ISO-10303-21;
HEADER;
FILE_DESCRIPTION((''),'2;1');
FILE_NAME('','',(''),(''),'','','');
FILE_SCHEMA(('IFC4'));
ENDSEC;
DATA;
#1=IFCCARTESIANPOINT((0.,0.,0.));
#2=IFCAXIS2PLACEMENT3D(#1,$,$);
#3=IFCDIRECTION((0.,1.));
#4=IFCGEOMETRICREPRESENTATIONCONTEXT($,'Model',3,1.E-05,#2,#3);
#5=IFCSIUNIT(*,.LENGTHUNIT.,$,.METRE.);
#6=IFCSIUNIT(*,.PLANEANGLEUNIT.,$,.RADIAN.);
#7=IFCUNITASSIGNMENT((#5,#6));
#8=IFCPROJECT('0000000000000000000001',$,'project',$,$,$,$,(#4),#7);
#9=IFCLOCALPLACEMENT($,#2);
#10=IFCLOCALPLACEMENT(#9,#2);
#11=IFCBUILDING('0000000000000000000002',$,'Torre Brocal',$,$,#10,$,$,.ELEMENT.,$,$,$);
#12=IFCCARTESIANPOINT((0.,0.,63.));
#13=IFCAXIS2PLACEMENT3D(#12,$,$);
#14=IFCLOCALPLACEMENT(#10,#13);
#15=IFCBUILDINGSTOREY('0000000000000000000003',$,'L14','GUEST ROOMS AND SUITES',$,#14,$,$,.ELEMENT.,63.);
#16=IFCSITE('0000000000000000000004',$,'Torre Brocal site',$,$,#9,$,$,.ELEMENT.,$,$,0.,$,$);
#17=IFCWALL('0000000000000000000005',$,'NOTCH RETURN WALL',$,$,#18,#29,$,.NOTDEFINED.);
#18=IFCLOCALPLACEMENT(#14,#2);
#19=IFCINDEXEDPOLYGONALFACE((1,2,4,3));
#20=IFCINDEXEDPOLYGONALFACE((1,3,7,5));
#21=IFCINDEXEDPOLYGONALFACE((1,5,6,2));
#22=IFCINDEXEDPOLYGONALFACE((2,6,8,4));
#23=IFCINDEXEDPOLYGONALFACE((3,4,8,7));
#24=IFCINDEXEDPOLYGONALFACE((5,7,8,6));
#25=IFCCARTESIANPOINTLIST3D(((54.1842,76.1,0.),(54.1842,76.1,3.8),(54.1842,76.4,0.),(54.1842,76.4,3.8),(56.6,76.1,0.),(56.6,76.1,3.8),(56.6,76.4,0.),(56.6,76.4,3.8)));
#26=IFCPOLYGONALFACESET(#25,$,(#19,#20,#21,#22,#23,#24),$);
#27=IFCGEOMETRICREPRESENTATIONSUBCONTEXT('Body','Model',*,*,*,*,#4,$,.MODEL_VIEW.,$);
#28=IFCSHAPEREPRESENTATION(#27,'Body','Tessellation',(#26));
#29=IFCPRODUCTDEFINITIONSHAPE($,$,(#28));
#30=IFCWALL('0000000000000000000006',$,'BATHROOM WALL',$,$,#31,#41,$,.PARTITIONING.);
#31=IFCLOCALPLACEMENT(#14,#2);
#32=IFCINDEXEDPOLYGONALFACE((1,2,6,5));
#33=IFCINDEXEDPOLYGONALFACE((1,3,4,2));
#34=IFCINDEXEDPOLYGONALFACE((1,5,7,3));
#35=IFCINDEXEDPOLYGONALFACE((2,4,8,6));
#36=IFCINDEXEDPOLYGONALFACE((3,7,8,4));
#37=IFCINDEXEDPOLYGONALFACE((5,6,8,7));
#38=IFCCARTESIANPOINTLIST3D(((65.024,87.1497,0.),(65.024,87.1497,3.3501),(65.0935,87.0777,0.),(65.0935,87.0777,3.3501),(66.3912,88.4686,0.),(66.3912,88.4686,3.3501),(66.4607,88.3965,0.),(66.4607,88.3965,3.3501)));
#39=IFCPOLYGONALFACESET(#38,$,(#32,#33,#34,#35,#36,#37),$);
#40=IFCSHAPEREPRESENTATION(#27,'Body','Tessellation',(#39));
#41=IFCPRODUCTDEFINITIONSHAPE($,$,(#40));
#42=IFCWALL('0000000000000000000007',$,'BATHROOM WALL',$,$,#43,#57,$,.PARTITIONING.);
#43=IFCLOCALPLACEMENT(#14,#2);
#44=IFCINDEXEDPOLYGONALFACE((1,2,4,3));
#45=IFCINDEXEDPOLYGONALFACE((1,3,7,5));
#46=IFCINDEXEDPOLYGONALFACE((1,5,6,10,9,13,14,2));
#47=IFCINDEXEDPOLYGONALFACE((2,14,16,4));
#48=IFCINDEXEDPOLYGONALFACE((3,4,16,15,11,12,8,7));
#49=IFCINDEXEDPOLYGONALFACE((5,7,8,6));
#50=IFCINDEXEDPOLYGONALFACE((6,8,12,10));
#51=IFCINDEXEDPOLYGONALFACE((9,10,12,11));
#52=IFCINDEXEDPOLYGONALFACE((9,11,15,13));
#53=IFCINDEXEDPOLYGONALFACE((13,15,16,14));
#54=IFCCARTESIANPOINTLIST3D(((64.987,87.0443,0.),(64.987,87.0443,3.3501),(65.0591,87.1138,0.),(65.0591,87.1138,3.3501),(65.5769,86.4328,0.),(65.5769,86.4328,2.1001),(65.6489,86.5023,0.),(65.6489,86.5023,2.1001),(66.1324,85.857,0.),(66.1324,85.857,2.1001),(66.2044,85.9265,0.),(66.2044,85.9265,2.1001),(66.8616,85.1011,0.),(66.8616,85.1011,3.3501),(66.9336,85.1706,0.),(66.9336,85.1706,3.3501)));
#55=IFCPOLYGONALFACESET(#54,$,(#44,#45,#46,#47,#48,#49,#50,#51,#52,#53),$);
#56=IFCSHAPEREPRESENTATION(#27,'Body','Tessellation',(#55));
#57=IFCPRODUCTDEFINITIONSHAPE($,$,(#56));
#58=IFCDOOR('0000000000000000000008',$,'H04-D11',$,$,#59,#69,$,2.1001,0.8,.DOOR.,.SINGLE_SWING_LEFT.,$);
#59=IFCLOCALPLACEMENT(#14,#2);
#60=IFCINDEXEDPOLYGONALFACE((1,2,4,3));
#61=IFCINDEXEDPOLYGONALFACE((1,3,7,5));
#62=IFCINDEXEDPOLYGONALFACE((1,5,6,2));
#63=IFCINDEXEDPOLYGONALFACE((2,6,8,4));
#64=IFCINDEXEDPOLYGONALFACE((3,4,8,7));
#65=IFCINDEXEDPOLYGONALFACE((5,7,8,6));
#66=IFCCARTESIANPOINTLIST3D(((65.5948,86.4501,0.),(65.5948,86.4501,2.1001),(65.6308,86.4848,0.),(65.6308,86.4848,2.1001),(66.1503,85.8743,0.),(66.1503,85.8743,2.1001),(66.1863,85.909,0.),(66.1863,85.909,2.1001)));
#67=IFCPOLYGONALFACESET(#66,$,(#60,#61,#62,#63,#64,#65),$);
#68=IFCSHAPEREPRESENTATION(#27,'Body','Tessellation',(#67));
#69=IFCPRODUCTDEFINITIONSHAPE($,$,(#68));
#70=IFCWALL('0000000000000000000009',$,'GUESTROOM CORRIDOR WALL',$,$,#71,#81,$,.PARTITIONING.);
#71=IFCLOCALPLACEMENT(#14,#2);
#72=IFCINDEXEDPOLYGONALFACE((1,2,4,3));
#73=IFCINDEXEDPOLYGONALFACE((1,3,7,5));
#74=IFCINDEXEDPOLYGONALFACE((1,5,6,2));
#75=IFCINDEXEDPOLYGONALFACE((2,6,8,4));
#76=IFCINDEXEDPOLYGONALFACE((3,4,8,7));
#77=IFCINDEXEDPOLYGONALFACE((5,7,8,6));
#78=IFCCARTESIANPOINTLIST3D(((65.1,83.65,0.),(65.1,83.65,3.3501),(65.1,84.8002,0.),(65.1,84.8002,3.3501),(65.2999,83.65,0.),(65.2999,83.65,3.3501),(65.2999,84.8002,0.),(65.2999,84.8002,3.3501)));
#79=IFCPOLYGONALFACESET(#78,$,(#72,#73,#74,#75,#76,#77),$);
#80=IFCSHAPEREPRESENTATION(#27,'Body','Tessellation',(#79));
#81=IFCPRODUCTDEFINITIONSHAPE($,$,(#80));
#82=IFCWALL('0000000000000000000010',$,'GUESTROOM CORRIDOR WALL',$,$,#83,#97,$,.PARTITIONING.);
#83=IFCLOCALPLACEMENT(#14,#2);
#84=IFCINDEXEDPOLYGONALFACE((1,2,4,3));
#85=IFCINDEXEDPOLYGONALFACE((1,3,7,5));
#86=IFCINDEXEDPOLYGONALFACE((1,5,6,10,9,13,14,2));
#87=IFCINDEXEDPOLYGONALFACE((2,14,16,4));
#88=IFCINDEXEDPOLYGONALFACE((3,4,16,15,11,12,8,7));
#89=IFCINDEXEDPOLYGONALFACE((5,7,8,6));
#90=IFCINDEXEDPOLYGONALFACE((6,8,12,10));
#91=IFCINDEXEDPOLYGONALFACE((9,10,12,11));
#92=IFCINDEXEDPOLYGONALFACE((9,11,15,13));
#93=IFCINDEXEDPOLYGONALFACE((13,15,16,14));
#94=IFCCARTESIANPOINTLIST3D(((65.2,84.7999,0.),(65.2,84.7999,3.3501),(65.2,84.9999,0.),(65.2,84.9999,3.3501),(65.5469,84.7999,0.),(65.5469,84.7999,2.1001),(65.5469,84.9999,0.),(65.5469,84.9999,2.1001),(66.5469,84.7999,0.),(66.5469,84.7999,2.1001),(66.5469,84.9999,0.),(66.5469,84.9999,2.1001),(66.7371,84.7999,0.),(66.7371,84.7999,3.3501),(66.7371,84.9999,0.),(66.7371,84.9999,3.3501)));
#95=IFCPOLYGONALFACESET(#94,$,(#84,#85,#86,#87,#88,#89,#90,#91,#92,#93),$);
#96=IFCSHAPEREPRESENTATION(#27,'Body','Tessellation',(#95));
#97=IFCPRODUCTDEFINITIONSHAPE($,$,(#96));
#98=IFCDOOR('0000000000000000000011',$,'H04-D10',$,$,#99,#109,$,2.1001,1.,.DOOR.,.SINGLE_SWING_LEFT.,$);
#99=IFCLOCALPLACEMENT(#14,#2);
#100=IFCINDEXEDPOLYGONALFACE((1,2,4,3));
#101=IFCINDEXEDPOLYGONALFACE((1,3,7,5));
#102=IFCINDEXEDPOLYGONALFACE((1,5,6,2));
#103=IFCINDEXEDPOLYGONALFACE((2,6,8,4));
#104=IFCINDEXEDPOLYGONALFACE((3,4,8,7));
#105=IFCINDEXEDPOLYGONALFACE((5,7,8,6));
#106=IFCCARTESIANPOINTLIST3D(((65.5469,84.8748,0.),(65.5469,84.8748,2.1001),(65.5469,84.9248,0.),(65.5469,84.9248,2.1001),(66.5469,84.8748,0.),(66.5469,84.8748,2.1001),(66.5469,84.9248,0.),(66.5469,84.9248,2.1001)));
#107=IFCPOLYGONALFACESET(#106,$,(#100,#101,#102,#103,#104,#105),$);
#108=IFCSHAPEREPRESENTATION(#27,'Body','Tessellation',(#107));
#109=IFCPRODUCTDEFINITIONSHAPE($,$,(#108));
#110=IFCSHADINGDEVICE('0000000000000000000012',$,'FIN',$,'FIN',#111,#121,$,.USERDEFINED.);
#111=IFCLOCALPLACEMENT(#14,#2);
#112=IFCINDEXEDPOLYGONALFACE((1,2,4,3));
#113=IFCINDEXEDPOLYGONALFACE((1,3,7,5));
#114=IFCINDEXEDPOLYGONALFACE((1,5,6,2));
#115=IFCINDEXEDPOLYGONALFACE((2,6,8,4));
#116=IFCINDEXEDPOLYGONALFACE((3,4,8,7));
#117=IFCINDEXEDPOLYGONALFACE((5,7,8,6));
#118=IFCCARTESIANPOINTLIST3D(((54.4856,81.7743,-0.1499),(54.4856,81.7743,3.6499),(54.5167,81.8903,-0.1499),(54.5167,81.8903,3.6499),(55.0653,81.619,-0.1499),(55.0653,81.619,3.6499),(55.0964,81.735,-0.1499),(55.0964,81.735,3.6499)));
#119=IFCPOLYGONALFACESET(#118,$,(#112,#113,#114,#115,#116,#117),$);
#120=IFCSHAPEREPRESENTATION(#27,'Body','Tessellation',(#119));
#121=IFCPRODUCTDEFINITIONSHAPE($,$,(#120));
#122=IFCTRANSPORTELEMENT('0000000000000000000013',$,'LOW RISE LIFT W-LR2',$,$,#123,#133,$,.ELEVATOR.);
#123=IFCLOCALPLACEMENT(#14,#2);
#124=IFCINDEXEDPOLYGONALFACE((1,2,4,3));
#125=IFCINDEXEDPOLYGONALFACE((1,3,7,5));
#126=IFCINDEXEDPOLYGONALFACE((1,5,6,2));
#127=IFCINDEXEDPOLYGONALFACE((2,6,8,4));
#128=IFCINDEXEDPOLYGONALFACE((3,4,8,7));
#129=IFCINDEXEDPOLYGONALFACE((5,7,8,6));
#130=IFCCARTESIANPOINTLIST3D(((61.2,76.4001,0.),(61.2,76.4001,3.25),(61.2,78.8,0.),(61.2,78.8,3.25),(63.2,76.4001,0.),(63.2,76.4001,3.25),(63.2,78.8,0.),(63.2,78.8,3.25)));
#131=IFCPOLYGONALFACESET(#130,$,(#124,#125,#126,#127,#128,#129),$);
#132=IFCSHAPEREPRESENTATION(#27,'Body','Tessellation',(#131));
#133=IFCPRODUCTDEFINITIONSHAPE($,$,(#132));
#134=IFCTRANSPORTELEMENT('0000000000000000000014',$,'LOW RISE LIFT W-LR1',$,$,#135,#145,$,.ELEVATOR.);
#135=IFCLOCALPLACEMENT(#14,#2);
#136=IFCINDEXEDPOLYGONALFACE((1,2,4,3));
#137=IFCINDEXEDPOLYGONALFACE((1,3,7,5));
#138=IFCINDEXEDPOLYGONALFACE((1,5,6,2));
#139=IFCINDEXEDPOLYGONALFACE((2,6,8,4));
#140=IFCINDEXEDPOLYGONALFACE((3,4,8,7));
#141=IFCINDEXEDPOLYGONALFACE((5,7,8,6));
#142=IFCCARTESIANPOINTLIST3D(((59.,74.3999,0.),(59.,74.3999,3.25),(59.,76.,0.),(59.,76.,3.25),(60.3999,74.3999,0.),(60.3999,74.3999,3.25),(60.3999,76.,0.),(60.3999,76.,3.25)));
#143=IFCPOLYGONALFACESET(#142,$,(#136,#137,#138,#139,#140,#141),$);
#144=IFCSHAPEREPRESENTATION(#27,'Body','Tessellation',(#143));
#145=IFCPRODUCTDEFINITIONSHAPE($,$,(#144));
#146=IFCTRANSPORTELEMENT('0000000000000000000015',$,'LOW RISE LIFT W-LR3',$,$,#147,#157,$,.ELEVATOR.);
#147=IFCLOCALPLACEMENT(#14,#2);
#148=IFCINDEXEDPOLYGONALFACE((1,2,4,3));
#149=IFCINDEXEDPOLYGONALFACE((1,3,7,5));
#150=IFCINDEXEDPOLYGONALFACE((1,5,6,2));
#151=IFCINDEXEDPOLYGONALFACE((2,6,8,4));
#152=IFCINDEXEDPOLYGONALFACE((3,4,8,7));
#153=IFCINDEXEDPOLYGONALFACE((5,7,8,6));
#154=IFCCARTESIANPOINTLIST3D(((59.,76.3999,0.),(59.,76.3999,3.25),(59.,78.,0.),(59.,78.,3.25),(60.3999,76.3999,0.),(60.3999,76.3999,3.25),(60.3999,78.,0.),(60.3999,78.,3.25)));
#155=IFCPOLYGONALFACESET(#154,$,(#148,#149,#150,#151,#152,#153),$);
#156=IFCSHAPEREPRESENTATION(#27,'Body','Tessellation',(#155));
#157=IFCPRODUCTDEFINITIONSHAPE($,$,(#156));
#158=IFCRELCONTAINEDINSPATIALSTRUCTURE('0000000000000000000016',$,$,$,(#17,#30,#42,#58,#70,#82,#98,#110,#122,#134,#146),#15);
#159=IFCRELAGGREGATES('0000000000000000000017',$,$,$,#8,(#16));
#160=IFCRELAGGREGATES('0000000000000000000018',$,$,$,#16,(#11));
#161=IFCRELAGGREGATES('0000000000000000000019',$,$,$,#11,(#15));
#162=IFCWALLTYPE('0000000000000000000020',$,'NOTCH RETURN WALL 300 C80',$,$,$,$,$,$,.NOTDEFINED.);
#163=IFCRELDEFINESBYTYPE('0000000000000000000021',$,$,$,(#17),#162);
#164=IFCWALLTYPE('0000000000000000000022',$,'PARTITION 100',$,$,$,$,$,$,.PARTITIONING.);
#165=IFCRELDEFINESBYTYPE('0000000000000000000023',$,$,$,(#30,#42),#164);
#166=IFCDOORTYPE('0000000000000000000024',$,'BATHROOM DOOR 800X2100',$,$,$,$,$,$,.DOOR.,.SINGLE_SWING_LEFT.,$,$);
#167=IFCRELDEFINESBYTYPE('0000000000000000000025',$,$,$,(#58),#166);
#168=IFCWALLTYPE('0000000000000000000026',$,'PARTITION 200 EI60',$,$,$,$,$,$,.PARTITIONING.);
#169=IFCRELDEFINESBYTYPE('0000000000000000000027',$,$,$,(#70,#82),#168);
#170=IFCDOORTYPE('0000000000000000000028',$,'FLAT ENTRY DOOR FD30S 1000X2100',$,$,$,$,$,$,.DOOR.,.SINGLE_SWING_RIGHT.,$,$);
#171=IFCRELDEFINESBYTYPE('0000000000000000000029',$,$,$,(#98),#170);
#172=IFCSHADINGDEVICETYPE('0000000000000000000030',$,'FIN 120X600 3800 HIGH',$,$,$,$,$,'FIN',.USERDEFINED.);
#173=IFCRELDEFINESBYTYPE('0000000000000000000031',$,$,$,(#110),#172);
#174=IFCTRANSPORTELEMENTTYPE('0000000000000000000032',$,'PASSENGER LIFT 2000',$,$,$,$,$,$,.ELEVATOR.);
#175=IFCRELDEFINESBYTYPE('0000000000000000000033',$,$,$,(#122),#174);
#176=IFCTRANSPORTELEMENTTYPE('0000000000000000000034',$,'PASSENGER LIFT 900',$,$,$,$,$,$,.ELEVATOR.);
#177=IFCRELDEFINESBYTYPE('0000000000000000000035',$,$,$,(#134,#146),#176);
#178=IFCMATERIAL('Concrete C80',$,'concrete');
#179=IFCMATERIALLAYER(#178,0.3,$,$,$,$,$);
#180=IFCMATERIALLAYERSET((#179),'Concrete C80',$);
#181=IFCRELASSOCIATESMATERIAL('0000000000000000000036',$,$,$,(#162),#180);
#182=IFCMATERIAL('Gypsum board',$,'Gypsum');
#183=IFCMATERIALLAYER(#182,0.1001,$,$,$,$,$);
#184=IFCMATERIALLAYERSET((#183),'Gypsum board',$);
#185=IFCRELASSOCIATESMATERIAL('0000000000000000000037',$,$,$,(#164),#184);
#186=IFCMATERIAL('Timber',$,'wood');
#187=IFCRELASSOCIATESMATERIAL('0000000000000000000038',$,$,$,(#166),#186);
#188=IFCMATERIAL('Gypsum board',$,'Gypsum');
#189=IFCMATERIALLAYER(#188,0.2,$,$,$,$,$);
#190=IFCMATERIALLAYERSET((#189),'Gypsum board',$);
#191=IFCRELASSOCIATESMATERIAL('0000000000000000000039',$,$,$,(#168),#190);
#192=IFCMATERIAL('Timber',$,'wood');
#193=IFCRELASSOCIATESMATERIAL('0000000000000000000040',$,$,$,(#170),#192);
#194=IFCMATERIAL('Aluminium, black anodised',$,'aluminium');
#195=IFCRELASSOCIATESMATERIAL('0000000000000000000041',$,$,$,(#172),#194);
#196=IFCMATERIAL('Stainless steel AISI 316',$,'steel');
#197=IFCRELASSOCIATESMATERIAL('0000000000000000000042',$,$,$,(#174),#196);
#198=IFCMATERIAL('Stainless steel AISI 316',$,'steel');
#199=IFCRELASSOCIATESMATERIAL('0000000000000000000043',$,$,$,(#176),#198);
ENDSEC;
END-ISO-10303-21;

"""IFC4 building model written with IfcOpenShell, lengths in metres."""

from ifc_helpers import new_model, si_unit, direction, frame, frame_2d, origin, origin_2d, place, context, subcontext, project, spatial, rectangle, extrude, material, layer, layer_set, material_profile, profile_set, type_object, element, fill, save


model = new_model("IFC4")

# Units and contexts
model_context = context("Model", 3, precision=1e-05, world=origin(), true_north=direction((0.0, 1.0)))
body_context = subcontext(model_context, "Body", "Model", "MODEL_VIEW")
ifc_project = project(units=[si_unit("LENGTHUNIT", "METRE"), si_unit("PLANEANGLEUNIT", "RADIAN")], contexts=[model_context])

# Site, building, storey
site_placement = place(None, origin())
site = spatial("IfcSite", under=ifc_project, at=site_placement, Name="Torre Brocal site", CompositionType="ELEMENT", RefElevation=0.0)
building_placement = place(site_placement, origin())
building = spatial("IfcBuilding", under=site, at=building_placement, Name="Torre Brocal", CompositionType="ELEMENT")
storey_placement = place(building_placement, frame((0.0, 0.0, 63.0)))
storey = spatial("IfcBuildingStorey", under=building, at=storey_placement, Name="L14", Description="GUEST ROOMS AND SUITES", CompositionType="ELEMENT", Elevation=63.0)

# Walls
ifc_material_1 = material(Name="Concrete C80", Category="concrete")
ifc_layer_1 = layer(ifc_material_1, 0.3)
ifc_layer_set_1 = layer_set([ifc_layer_1], Name="Concrete C80")
wall_type_1 = type_object("IfcWallType", Name="NOTCH RETURN WALL 300 C80", PredefinedType="NOTDEFINED", material=ifc_layer_set_1)
wall_1_placement = place(storey_placement, frame((56.6001, 76.25, 0.0), z_axis=(0.0, 0.0, 1.0), x_axis=(-1.0, 0.0, 0.0)))
element("IfcWall", 1, at=wall_1_placement, inside=storey, type_object=wall_type_1, Name="NOTCH RETURN WALL", PredefinedType="NOTDEFINED", context=body_context, shape_type="SweptSolid", body=[
    extrude(rectangle(XDim=2.4158, YDim=0.3, at=frame_2d((1.208, 0.0))), origin(), (0.0, 0.0, 1.0), 3.8),
])
ifc_material_2 = material(Name="Gypsum board", Category="Gypsum")
ifc_layer_2 = layer(ifc_material_2, 0.1001)
ifc_layer_set_2 = layer_set([ifc_layer_2], Name="Gypsum board")
wall_type_2 = type_object("IfcWallType", Name="PARTITION 100", PredefinedType="PARTITIONING", material=ifc_layer_set_2)
wall_2_placement = place(storey_placement, frame((65.0588, 87.1138, 0.0), z_axis=(0.0, 0.0, 1.0), x_axis=(0.719716, 0.694269, 0.0)))
element("IfcWall", 2, at=wall_2_placement, inside=storey, type_object=wall_type_2, Name="BATHROOM WALL", PredefinedType="PARTITIONING", context=body_context, shape_type="SweptSolid", body=[
    extrude(rectangle(XDim=1.8997, YDim=0.1001, at=frame_2d((0.9497, 0.0))), origin(), (0.0, 0.0, 1.0), 3.3501),
])

# Wall, opening, door
wall_3_placement = place(storey_placement, frame((65.0229, 87.0791, 0.0), z_axis=(0.0, 0.0, 1.0), x_axis=(0.694288, -0.719697, 0.0)))
wall_3 = element("IfcWall", 3, at=wall_3_placement, inside=storey, type_object=wall_type_2, Name="BATHROOM WALL", PredefinedType="PARTITIONING", context=body_context, shape_type="SweptSolid", body=[
    extrude(rectangle(XDim=2.7, YDim=0.1001, at=frame_2d((1.3501, 0.0))), origin(), (0.0, 0.0, 1.0), 3.3501),
])
opening_1_placement = place(wall_3_placement, frame((0.8499, 0.0, 0.0)))
opening_1 = element("IfcOpeningElement", 4, at=opening_1_placement, cuts=wall_3, PredefinedType="OPENING", context=body_context, shape_type="SweptSolid", body=[
    extrude(rectangle(XDim=0.8, YDim=2.1001, at=frame_2d((0.3999, 1.05))), frame((0.0, 0.0601, 0.0), z_axis=(0.0, -1.0, 0.0), x_axis=(1.0, 0.0, 0.0)), (0.0, 0.0, 1.0), 0.1201),
])
ifc_material_3 = material(Name="Timber", Category="wood")
door_type_1 = type_object("IfcDoorType", Name="BATHROOM DOOR 800X2100", OperationType="SINGLE_SWING_LEFT", PredefinedType="DOOR", material=ifc_material_3)
door_1_placement = place(opening_1_placement, origin())
door_1 = element("IfcDoor", 5, at=door_1_placement, inside=storey, type_object=door_type_1, Name="H04-D11", OperationType="SINGLE_SWING_LEFT", OverallHeight=2.1001, OverallWidth=0.8, PredefinedType="DOOR", context=body_context, shape_type="SweptSolid", body=[
    extrude(rectangle(XDim=0.8, YDim=2.1001, at=frame_2d((0.3999, 1.05))), frame((0.0, 0.0249, 0.0), z_axis=(0.0, -1.0, 0.0), x_axis=(1.0, 0.0, 0.0)), (0.0, 0.0, 1.0), 0.05),
])
fill(opening_1, door_1)

# Wall
ifc_material_4 = material(Name="Gypsum board", Category="Gypsum")
ifc_layer_3 = layer(ifc_material_4, 0.2)
ifc_layer_set_3 = layer_set([ifc_layer_3], Name="Gypsum board")
wall_type_3 = type_object("IfcWallType", Name="PARTITION 200 EI60", PredefinedType="PARTITIONING", material=ifc_layer_set_3)
wall_4_placement = place(storey_placement, frame((65.2, 83.6499, 0.0), z_axis=(0.0, 0.0, 1.0), x_axis=(0.0, 1.0, 0.0)))
element("IfcWall", 6, at=wall_4_placement, inside=storey, type_object=wall_type_3, Name="GUESTROOM CORRIDOR WALL", PredefinedType="PARTITIONING", context=body_context, shape_type="SweptSolid", body=[
    extrude(rectangle(XDim=1.1501, YDim=0.2, at=frame_2d((0.5752, 0.0))), origin(), (0.0, 0.0, 1.0), 3.3501),
])

# Wall, opening, door
wall_5_placement = place(storey_placement, frame((65.2, 84.8999, 0.0), z_axis=(0.0, 0.0, 1.0), x_axis=(1.0, 0.0, 0.0)))
wall_5 = element("IfcWall", 7, at=wall_5_placement, inside=storey, type_object=wall_type_3, Name="GUESTROOM CORRIDOR WALL", PredefinedType="PARTITIONING", context=body_context, shape_type="SweptSolid", body=[
    extrude(rectangle(XDim=1.5371, YDim=0.2, at=frame_2d((0.7686, 0.0))), origin(), (0.0, 0.0, 1.0), 3.3501),
])
opening_2_placement = place(wall_5_placement, frame((0.3469, 0.0, 0.0)))
opening_2 = element("IfcOpeningElement", 8, at=opening_2_placement, cuts=wall_5, PredefinedType="OPENING", context=body_context, shape_type="SweptSolid", body=[
    extrude(rectangle(XDim=1.0, YDim=2.1001, at=frame_2d((0.5, 1.05))), frame((0.0, 0.1099, 0.0), z_axis=(0.0, -1.0, 0.0), x_axis=(1.0, 0.0, 0.0)), (0.0, 0.0, 1.0), 0.22),
])
ifc_material_5 = material(Name="Timber", Category="wood")
door_type_2 = type_object("IfcDoorType", Name="FLAT ENTRY DOOR FD30S 1000X2100", OperationType="SINGLE_SWING_RIGHT", PredefinedType="DOOR", material=ifc_material_5)
door_2_placement = place(opening_2_placement, origin())
door_2 = element("IfcDoor", 9, at=door_2_placement, inside=storey, type_object=door_type_2, Name="H04-D10", OperationType="SINGLE_SWING_LEFT", OverallHeight=2.1001, OverallWidth=1.0, PredefinedType="DOOR", context=body_context, shape_type="SweptSolid", body=[
    extrude(rectangle(XDim=1.0, YDim=2.1001, at=frame_2d((0.5, 1.05))), frame((0.0, 0.0249, 0.0), z_axis=(0.0, -1.0, 0.0), x_axis=(1.0, 0.0, 0.0)), (0.0, 0.0, 1.0), 0.05),
])
fill(opening_2, door_2)

# Shading device
ifc_material_6 = material(Name="Aluminium, black anodised", Category="aluminium")
ifc_material_profile_1 = material_profile(ifc_material_6, rectangle(XDim=0.1201, YDim=0.6001, at=origin_2d()), Name="FIN 120X600 3800 HIGH")
ifc_profile_set_1 = profile_set([ifc_material_profile_1], Name="Aluminium, black anodised")
shading_device_type = type_object("IfcShadingDeviceType", Name="FIN 120X600 3800 HIGH", ElementType="FIN", PredefinedType="USERDEFINED", material=ifc_profile_set_1)
shading_device_placement = place(storey_placement, frame((54.791, 81.7546, -0.1499), z_axis=(0.0, 0.0, 1.0), x_axis=(-0.258819, -0.965926, 0.0)))
element("IfcShadingDevice", 10, at=shading_device_placement, inside=storey, type_object=shading_device_type, Name="FIN", ObjectType="FIN", PredefinedType="USERDEFINED", context=body_context, shape_type="SweptSolid", body=[
    extrude(rectangle(XDim=0.1201, YDim=0.6001, at=origin_2d()), origin(), (0.0, 0.0, 1.0), 3.7998),
])

# Transport elements
ifc_material_7 = material(Name="Stainless steel AISI 316", Category="steel")
transport_element_type_1 = type_object("IfcTransportElementType", Name="PASSENGER LIFT 2000", PredefinedType="ELEVATOR", material=ifc_material_7)
transport_element_placement = place(storey_placement, frame((62.2, 77.6001, 0.0), z_axis=(0.0, 0.0, 1.0), x_axis=(1.0, 0.0, 0.0)))
element("IfcTransportElement", 11, at=transport_element_placement, inside=storey, type_object=transport_element_type_1, Name="LOW RISE LIFT W-LR2", PredefinedType="ELEVATOR", context=body_context, shape_type="SweptSolid", body=[
    extrude(rectangle(XDim=2.0, YDim=2.3999, at=origin_2d()), origin(), (0.0, 0.0, 1.0), 3.25),
])
ifc_material_8 = material(Name="Stainless steel AISI 316", Category="steel")
transport_element_type_2 = type_object("IfcTransportElementType", Name="PASSENGER LIFT 900", PredefinedType="ELEVATOR", material=ifc_material_8)
for number, where, z_axis, x_axis, name in (
    (12, (59.7, 75.2, 0.0), (0.0, 0.0, 1.0), (1.0, 0.0, 0.0), "LOW RISE LIFT W-LR1"),
    (13, (59.7, 77.2, 0.0), (0.0, 0.0, 1.0), (1.0, 0.0, 0.0), "LOW RISE LIFT W-LR3"),
):
    element("IfcTransportElement", number, at=place(storey_placement, frame(where, z_axis=z_axis, x_axis=x_axis)), inside=storey, type_object=transport_element_type_2, Name=name, PredefinedType="ELEVATOR", context=body_context, shape_type="SweptSolid", body=[
        extrude(rectangle(XDim=1.3999, YDim=1.6001, at=origin_2d()), origin(), (0.0, 0.0, 1.0), 3.25),
    ])

save(model, "model.ifc")
